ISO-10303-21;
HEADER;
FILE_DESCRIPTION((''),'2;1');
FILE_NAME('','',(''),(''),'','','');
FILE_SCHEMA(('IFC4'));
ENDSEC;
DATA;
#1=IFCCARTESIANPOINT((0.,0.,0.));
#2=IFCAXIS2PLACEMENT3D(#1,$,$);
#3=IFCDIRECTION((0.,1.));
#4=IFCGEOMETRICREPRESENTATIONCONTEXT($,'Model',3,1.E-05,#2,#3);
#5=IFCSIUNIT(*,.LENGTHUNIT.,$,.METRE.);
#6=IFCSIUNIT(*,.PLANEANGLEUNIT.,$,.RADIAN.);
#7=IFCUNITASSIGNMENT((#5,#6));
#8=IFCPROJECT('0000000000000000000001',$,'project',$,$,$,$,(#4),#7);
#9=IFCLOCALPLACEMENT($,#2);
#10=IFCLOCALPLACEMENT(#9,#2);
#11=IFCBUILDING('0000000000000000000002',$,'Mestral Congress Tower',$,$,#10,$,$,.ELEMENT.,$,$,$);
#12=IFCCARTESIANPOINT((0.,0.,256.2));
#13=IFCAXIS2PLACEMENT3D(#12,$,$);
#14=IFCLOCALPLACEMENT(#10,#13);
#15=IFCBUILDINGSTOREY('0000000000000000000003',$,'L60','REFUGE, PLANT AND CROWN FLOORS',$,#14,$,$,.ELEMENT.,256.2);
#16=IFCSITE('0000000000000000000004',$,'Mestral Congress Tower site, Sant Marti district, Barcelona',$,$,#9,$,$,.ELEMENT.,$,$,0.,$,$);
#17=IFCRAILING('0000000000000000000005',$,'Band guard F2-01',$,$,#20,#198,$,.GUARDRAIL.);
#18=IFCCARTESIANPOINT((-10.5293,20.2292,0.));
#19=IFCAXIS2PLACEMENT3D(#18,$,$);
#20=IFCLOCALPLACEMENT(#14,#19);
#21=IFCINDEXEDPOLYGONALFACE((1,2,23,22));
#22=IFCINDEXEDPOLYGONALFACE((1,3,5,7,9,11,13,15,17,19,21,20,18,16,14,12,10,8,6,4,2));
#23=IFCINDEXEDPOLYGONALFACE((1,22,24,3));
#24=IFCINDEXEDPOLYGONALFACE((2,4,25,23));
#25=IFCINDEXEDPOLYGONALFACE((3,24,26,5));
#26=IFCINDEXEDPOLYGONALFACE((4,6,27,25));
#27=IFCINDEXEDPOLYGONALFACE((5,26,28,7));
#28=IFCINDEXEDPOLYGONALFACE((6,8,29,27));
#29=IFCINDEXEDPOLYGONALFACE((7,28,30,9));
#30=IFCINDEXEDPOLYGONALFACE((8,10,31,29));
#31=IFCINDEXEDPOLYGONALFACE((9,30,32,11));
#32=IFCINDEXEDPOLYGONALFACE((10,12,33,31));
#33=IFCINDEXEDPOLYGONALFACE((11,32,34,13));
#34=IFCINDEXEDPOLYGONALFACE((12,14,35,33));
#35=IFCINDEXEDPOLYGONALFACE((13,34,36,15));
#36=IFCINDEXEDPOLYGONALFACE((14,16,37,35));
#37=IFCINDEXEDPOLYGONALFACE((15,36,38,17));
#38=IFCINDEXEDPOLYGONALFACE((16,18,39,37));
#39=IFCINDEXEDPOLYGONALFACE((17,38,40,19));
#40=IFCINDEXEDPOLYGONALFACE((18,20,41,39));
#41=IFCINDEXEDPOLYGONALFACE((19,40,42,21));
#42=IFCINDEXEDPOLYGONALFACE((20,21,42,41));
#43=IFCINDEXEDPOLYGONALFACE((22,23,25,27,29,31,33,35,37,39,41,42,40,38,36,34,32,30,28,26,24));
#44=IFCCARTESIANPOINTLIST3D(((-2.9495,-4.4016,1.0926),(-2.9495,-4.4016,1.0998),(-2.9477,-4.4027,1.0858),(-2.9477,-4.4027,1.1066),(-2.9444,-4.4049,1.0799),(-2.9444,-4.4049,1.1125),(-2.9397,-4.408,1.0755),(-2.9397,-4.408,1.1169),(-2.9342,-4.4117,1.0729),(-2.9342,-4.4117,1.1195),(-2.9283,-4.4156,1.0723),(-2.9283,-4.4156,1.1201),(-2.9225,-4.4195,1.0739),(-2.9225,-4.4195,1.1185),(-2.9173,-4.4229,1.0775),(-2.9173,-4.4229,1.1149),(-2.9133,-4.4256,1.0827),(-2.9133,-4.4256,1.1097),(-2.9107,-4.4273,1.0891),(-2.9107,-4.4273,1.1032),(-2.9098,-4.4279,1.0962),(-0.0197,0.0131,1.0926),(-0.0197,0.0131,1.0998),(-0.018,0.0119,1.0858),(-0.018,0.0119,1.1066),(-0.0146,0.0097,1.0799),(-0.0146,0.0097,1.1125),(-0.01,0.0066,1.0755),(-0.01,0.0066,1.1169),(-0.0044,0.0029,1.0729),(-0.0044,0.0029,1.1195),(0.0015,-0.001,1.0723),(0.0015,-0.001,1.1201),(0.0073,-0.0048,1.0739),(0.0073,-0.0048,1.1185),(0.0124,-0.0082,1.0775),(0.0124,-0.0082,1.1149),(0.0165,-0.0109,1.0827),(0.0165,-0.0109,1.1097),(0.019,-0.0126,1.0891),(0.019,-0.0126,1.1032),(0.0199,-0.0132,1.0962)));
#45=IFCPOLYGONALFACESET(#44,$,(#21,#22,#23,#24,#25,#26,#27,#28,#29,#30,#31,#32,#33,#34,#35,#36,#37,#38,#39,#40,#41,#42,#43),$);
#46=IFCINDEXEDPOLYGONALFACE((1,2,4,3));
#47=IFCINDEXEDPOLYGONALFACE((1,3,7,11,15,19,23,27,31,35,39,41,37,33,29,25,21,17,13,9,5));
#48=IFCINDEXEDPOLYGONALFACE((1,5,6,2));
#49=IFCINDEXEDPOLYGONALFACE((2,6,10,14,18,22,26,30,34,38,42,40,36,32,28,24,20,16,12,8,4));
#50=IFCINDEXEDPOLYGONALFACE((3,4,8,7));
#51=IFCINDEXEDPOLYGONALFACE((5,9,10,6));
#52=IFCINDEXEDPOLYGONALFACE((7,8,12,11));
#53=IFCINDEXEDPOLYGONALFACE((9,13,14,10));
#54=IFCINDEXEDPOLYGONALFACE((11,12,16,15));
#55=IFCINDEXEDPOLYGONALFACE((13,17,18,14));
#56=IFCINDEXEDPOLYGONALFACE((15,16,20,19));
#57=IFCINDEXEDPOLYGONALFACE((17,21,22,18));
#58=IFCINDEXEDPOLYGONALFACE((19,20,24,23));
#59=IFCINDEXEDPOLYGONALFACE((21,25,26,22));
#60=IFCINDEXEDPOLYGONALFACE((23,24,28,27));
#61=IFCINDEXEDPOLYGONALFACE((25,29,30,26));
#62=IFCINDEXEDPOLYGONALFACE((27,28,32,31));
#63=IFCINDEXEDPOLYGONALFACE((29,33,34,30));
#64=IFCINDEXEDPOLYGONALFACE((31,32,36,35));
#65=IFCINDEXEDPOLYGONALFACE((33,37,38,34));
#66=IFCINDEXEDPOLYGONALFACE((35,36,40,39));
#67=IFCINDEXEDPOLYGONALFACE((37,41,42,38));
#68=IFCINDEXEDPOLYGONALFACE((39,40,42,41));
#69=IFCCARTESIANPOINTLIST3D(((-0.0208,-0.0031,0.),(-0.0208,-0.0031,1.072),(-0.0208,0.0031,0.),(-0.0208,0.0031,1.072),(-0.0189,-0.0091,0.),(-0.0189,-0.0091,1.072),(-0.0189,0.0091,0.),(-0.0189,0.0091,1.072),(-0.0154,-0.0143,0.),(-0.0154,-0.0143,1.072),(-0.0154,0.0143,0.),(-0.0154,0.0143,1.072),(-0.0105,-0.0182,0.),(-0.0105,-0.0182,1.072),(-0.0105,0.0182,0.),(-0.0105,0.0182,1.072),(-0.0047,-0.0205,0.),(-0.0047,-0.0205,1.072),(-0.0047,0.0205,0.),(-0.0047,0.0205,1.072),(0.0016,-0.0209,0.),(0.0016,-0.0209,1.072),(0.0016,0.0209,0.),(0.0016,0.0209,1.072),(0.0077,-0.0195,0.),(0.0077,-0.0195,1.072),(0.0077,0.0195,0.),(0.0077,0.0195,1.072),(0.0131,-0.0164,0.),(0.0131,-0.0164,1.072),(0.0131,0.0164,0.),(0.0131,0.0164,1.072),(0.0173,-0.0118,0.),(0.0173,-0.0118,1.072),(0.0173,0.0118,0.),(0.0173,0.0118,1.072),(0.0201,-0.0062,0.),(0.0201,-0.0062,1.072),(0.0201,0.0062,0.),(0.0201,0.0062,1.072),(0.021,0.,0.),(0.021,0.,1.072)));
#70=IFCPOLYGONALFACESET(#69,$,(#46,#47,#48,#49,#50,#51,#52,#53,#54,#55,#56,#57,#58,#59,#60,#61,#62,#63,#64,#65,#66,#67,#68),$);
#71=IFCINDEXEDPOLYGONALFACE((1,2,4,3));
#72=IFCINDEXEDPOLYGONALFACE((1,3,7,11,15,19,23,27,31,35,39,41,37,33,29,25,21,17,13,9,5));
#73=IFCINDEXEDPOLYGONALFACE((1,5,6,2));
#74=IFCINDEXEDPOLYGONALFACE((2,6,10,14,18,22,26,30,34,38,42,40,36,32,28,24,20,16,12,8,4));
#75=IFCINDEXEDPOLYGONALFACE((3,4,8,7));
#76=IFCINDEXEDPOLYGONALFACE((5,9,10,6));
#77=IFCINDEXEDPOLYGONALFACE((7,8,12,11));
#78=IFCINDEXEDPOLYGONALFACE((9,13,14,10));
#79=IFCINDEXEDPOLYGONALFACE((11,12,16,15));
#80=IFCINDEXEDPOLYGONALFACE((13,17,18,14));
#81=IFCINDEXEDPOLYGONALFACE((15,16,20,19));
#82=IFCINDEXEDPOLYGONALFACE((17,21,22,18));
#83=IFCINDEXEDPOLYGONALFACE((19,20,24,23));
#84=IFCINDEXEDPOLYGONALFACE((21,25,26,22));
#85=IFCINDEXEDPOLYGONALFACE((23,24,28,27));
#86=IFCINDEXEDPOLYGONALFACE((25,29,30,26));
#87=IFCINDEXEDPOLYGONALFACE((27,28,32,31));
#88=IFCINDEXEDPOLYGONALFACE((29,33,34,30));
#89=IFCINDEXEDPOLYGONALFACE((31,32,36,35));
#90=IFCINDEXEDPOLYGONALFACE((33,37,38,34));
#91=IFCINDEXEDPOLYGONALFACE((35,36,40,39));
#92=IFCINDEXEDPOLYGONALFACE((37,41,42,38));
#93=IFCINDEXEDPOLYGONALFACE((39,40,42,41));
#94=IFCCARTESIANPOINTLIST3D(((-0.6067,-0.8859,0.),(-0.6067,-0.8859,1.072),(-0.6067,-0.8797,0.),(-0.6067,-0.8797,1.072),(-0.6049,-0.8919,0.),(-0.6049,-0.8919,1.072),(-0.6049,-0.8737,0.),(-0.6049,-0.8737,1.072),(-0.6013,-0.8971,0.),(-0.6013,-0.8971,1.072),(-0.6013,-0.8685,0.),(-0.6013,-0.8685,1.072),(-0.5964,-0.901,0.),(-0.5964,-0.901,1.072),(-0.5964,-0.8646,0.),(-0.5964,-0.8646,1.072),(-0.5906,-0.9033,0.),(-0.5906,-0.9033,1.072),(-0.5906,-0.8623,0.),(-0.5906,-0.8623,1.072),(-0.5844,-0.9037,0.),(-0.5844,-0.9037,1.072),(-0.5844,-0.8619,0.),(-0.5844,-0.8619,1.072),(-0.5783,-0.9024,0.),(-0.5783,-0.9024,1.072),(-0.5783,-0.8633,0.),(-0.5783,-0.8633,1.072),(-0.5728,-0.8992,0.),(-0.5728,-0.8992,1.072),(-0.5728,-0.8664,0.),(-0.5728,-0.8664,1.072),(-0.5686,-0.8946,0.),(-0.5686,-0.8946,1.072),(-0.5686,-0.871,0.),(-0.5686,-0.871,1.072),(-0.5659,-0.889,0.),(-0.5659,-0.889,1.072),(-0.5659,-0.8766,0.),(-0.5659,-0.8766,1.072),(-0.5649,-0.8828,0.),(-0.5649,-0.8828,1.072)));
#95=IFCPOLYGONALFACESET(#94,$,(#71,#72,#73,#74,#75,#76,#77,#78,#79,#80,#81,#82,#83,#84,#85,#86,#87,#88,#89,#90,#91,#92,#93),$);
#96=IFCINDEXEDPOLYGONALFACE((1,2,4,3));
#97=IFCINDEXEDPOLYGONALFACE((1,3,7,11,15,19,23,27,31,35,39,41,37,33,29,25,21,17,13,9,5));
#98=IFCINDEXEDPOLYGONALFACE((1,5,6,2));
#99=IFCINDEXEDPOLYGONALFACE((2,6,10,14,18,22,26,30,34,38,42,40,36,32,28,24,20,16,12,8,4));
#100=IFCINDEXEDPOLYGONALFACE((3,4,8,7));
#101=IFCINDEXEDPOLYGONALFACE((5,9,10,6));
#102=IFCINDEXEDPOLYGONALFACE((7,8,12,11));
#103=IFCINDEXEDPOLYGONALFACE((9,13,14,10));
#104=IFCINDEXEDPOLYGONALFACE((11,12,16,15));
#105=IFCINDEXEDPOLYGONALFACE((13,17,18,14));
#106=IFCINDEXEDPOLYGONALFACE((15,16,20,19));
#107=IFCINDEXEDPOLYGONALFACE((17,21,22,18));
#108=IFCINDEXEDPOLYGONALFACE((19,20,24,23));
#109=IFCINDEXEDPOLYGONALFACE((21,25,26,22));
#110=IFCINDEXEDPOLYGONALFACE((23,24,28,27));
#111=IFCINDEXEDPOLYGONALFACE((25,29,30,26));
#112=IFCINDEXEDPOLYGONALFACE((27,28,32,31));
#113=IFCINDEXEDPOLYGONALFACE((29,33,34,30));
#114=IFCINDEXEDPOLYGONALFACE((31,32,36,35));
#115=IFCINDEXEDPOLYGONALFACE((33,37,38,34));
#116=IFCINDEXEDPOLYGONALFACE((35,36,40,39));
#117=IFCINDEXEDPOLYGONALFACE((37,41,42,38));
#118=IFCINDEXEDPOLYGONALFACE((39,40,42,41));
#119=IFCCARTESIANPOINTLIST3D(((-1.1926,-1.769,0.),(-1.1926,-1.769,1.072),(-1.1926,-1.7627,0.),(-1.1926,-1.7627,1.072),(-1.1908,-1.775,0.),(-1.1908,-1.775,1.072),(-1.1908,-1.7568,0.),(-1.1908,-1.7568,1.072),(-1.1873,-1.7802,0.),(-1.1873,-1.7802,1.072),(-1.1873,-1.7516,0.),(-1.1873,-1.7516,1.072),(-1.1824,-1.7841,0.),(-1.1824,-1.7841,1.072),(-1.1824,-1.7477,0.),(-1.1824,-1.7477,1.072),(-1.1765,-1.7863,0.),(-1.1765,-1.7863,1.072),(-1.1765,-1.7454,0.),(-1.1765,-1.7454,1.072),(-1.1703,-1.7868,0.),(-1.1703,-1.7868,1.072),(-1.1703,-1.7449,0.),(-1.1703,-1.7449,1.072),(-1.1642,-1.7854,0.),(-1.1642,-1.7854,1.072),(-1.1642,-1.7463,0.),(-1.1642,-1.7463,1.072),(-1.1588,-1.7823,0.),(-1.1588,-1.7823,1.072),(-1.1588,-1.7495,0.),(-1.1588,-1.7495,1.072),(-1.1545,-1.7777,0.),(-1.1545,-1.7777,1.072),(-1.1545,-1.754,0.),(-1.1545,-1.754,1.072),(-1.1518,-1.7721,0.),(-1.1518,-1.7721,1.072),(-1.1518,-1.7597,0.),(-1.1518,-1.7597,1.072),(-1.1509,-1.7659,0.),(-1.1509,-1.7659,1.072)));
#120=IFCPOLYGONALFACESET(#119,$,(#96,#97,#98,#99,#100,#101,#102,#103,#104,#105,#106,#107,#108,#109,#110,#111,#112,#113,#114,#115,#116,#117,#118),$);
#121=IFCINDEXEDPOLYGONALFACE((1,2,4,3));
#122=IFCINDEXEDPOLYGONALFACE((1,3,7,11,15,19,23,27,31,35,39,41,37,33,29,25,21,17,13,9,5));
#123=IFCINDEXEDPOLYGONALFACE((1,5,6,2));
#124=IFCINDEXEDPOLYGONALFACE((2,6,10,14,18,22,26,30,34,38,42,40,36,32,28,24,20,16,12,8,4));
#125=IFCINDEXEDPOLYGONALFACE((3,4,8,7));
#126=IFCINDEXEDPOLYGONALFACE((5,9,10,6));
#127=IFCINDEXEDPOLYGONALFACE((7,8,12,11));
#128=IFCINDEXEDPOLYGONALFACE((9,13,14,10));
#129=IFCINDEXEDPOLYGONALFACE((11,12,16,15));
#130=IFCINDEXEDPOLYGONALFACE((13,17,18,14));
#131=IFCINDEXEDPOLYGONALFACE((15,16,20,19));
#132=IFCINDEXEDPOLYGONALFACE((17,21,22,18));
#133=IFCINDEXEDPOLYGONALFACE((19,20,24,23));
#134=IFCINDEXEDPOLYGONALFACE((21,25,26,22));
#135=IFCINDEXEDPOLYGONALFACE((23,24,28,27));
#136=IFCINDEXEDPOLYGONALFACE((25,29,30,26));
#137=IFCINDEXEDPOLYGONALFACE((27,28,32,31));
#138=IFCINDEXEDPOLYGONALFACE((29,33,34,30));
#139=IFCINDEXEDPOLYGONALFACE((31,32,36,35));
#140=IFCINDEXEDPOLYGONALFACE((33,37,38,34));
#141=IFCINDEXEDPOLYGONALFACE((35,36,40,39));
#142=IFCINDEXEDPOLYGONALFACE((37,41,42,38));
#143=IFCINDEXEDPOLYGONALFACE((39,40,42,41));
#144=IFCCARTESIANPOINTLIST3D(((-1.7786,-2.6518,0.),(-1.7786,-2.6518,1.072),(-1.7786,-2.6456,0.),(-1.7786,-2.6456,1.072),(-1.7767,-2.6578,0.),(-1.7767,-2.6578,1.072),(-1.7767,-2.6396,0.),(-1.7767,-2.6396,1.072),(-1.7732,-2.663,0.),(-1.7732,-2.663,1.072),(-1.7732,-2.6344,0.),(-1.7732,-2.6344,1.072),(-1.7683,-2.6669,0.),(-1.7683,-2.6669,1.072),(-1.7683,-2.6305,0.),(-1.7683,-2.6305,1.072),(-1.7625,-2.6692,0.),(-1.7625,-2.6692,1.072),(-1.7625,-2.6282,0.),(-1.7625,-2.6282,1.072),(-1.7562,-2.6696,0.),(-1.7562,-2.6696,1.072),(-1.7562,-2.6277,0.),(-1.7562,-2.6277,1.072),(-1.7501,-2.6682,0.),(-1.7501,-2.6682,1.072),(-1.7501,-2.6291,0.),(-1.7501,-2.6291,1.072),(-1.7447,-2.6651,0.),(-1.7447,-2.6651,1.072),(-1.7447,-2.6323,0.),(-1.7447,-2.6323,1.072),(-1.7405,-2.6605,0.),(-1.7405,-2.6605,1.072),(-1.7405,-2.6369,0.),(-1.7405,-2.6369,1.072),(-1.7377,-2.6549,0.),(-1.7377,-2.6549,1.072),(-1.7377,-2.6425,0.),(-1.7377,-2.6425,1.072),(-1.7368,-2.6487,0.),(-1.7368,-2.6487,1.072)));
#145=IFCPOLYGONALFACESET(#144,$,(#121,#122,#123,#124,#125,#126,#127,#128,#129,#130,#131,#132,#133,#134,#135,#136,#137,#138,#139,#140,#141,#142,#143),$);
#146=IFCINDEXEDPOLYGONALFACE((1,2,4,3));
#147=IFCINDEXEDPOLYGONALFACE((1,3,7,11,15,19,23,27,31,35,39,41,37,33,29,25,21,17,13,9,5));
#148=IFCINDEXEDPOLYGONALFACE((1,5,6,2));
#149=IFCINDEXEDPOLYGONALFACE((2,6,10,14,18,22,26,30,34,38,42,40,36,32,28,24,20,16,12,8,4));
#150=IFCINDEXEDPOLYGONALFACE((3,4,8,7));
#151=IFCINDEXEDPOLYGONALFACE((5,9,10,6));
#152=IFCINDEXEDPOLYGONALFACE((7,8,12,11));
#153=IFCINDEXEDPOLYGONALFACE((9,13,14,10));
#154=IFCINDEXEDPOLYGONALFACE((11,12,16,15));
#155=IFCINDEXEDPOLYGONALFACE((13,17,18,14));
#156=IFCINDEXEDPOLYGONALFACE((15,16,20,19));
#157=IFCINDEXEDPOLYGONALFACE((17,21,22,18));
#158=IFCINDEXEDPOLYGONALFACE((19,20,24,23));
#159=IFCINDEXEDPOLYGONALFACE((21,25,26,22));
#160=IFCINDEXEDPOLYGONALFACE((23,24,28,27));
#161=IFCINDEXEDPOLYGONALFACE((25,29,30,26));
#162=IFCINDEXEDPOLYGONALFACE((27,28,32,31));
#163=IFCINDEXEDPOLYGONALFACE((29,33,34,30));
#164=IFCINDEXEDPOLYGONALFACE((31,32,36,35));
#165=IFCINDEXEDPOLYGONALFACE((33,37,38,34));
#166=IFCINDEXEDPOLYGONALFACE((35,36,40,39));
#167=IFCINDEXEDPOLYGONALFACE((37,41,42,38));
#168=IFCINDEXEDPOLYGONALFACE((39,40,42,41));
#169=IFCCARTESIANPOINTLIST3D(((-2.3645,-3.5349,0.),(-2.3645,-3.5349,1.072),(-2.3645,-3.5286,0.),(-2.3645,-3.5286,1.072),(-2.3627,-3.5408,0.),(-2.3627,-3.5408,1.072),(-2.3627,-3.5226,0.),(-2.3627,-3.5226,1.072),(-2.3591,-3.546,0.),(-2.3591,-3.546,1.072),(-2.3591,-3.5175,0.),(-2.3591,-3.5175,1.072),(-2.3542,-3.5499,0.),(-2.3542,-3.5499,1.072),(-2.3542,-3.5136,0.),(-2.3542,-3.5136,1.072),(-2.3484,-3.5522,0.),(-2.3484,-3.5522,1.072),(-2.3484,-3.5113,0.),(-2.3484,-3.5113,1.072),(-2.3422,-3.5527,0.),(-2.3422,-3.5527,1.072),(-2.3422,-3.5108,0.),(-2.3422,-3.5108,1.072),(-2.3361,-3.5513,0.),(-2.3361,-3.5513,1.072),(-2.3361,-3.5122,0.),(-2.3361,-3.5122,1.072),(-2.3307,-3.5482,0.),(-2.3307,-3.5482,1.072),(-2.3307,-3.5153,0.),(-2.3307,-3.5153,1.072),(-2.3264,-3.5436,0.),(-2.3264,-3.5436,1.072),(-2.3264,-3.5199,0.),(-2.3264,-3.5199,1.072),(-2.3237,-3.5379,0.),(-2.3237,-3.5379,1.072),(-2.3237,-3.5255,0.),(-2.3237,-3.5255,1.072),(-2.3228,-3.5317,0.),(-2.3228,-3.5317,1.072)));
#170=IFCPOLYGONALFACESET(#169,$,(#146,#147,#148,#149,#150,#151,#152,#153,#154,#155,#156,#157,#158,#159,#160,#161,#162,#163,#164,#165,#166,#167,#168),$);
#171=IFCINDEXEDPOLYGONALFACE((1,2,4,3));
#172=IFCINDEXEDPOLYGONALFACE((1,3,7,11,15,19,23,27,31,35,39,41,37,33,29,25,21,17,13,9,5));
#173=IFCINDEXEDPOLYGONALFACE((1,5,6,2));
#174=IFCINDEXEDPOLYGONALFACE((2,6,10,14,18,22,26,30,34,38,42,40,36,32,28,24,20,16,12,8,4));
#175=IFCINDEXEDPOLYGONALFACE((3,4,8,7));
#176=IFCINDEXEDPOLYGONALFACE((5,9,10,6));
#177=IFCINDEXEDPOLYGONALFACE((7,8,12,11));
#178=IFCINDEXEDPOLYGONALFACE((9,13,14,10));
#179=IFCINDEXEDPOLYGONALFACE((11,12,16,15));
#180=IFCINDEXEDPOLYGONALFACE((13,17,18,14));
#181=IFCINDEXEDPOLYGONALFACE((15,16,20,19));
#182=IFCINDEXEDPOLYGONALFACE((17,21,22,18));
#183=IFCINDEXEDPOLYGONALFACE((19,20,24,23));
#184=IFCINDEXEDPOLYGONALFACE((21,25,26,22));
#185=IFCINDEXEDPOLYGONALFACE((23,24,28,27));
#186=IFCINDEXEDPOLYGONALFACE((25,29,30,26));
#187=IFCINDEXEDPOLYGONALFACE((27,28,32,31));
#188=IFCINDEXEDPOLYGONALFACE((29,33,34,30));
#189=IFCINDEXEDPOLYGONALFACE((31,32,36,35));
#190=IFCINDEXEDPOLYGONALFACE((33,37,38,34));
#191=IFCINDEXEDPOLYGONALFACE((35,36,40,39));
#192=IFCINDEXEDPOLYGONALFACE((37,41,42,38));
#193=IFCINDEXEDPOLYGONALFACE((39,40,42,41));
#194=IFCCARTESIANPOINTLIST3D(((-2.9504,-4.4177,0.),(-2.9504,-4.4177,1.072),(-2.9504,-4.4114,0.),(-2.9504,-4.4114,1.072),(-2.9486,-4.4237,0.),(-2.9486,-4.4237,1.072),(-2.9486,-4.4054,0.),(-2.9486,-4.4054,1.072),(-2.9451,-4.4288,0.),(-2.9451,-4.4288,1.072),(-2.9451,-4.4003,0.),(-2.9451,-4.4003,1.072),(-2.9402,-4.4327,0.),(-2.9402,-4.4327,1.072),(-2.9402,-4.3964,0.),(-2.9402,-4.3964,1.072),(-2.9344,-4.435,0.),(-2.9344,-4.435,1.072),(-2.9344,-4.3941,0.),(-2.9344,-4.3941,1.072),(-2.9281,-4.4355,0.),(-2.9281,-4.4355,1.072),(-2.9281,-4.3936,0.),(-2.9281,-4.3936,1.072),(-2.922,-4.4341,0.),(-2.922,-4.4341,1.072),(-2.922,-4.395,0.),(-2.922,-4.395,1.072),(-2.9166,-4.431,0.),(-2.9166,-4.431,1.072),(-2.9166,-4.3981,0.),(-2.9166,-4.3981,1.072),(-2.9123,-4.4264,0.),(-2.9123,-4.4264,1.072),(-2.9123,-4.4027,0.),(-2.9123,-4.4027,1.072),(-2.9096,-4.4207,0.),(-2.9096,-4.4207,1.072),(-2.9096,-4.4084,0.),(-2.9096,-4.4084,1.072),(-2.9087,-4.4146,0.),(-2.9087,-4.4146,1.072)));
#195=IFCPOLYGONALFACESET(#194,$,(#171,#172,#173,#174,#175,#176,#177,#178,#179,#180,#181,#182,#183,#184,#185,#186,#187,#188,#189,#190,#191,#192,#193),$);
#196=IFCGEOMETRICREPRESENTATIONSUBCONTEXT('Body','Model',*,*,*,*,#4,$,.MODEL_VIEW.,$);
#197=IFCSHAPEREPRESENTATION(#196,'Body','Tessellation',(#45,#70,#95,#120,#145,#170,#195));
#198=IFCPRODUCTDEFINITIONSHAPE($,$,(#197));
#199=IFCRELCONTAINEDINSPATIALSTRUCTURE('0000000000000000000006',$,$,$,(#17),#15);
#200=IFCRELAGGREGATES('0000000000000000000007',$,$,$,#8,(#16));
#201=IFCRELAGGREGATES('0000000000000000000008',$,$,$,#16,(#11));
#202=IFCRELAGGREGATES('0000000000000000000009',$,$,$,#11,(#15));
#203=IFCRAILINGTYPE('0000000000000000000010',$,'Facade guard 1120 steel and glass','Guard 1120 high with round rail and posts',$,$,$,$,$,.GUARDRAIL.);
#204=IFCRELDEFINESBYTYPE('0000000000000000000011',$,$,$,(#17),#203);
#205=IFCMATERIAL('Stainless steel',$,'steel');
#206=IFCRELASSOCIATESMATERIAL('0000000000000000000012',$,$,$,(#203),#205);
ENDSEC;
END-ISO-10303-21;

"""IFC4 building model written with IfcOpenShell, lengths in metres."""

from ifc_helpers import new_model, si_unit, direction, frame, origin, origin_2d, place, context, subcontext, project, spatial, circle, extrude, material, type_object, element, save


model = new_model("IFC4")

# Units and contexts
model_context = context("Model", 3, precision=1e-05, world=origin(), true_north=direction((0.0, 1.0)))
body_context = subcontext(model_context, "Body", "Model", "MODEL_VIEW")
ifc_project = project(units=[si_unit("LENGTHUNIT", "METRE"), si_unit("PLANEANGLEUNIT", "RADIAN")], contexts=[model_context])

# Site, building, storey
site_placement = place(None, origin())
site = spatial("IfcSite", under=ifc_project, at=site_placement, Name="Mestral Congress Tower site, Sant Marti district, Barcelona", CompositionType="ELEMENT", RefElevation=0.0)
building_placement = place(site_placement, origin())
building = spatial("IfcBuilding", under=site, at=building_placement, Name="Mestral Congress Tower", CompositionType="ELEMENT")
storey_placement = place(building_placement, frame((0.0, 0.0, 256.2)))
storey = spatial("IfcBuildingStorey", under=building, at=storey_placement, Name="L60", Description="REFUGE, PLANT AND CROWN FLOORS", CompositionType="ELEMENT", Elevation=256.2)

# Railing
ifc_material_1 = material(Name="Stainless steel", Category="steel")
railing_type = type_object("IfcRailingType", Name="Facade guard 1120 steel and glass", Description="Guard 1120 high with round rail and posts", PredefinedType="GUARDRAIL", material=ifc_material_1)
railing_1_placement = place(storey_placement, frame((-10.5293, 20.2292, 0.0)))
element("IfcRailing", 1, at=railing_1_placement, inside=storey, type_object=railing_type, Name="Band guard F2-01", PredefinedType="GUARDRAIL", context=body_context, shape_type="SweptSolid", body=[
    extrude(circle(Radius=0.0239, at=origin_2d()), frame((0.0, 0.0, 1.0962), z_axis=(-0.552955, -0.833211, 0.0), x_axis=(0.833211, -0.552955, 0.0)), (0.0, 0.0, 1.0), 5.2983),
    extrude(circle(Radius=0.021, at=origin_2d()), origin(), (0.0, 0.0, 1.0), 1.072),
    extrude(circle(Radius=0.021, at=origin_2d()), frame((-0.5859, -0.8828, 0.0)), (0.0, 0.0, 1.0), 1.072),
    extrude(circle(Radius=0.021, at=origin_2d()), frame((-1.1719, -1.7659, 0.0)), (0.0, 0.0, 1.0), 1.072),
    extrude(circle(Radius=0.021, at=origin_2d()), frame((-1.7578, -2.6487, 0.0)), (0.0, 0.0, 1.0), 1.072),
    extrude(circle(Radius=0.021, at=origin_2d()), frame((-2.3438, -3.5317, 0.0)), (0.0, 0.0, 1.0), 1.072),
    extrude(circle(Radius=0.021, at=origin_2d()), frame((-2.9297, -4.4146, 0.0)), (0.0, 0.0, 1.0), 1.072),
])

save(model, "model.ifc")
